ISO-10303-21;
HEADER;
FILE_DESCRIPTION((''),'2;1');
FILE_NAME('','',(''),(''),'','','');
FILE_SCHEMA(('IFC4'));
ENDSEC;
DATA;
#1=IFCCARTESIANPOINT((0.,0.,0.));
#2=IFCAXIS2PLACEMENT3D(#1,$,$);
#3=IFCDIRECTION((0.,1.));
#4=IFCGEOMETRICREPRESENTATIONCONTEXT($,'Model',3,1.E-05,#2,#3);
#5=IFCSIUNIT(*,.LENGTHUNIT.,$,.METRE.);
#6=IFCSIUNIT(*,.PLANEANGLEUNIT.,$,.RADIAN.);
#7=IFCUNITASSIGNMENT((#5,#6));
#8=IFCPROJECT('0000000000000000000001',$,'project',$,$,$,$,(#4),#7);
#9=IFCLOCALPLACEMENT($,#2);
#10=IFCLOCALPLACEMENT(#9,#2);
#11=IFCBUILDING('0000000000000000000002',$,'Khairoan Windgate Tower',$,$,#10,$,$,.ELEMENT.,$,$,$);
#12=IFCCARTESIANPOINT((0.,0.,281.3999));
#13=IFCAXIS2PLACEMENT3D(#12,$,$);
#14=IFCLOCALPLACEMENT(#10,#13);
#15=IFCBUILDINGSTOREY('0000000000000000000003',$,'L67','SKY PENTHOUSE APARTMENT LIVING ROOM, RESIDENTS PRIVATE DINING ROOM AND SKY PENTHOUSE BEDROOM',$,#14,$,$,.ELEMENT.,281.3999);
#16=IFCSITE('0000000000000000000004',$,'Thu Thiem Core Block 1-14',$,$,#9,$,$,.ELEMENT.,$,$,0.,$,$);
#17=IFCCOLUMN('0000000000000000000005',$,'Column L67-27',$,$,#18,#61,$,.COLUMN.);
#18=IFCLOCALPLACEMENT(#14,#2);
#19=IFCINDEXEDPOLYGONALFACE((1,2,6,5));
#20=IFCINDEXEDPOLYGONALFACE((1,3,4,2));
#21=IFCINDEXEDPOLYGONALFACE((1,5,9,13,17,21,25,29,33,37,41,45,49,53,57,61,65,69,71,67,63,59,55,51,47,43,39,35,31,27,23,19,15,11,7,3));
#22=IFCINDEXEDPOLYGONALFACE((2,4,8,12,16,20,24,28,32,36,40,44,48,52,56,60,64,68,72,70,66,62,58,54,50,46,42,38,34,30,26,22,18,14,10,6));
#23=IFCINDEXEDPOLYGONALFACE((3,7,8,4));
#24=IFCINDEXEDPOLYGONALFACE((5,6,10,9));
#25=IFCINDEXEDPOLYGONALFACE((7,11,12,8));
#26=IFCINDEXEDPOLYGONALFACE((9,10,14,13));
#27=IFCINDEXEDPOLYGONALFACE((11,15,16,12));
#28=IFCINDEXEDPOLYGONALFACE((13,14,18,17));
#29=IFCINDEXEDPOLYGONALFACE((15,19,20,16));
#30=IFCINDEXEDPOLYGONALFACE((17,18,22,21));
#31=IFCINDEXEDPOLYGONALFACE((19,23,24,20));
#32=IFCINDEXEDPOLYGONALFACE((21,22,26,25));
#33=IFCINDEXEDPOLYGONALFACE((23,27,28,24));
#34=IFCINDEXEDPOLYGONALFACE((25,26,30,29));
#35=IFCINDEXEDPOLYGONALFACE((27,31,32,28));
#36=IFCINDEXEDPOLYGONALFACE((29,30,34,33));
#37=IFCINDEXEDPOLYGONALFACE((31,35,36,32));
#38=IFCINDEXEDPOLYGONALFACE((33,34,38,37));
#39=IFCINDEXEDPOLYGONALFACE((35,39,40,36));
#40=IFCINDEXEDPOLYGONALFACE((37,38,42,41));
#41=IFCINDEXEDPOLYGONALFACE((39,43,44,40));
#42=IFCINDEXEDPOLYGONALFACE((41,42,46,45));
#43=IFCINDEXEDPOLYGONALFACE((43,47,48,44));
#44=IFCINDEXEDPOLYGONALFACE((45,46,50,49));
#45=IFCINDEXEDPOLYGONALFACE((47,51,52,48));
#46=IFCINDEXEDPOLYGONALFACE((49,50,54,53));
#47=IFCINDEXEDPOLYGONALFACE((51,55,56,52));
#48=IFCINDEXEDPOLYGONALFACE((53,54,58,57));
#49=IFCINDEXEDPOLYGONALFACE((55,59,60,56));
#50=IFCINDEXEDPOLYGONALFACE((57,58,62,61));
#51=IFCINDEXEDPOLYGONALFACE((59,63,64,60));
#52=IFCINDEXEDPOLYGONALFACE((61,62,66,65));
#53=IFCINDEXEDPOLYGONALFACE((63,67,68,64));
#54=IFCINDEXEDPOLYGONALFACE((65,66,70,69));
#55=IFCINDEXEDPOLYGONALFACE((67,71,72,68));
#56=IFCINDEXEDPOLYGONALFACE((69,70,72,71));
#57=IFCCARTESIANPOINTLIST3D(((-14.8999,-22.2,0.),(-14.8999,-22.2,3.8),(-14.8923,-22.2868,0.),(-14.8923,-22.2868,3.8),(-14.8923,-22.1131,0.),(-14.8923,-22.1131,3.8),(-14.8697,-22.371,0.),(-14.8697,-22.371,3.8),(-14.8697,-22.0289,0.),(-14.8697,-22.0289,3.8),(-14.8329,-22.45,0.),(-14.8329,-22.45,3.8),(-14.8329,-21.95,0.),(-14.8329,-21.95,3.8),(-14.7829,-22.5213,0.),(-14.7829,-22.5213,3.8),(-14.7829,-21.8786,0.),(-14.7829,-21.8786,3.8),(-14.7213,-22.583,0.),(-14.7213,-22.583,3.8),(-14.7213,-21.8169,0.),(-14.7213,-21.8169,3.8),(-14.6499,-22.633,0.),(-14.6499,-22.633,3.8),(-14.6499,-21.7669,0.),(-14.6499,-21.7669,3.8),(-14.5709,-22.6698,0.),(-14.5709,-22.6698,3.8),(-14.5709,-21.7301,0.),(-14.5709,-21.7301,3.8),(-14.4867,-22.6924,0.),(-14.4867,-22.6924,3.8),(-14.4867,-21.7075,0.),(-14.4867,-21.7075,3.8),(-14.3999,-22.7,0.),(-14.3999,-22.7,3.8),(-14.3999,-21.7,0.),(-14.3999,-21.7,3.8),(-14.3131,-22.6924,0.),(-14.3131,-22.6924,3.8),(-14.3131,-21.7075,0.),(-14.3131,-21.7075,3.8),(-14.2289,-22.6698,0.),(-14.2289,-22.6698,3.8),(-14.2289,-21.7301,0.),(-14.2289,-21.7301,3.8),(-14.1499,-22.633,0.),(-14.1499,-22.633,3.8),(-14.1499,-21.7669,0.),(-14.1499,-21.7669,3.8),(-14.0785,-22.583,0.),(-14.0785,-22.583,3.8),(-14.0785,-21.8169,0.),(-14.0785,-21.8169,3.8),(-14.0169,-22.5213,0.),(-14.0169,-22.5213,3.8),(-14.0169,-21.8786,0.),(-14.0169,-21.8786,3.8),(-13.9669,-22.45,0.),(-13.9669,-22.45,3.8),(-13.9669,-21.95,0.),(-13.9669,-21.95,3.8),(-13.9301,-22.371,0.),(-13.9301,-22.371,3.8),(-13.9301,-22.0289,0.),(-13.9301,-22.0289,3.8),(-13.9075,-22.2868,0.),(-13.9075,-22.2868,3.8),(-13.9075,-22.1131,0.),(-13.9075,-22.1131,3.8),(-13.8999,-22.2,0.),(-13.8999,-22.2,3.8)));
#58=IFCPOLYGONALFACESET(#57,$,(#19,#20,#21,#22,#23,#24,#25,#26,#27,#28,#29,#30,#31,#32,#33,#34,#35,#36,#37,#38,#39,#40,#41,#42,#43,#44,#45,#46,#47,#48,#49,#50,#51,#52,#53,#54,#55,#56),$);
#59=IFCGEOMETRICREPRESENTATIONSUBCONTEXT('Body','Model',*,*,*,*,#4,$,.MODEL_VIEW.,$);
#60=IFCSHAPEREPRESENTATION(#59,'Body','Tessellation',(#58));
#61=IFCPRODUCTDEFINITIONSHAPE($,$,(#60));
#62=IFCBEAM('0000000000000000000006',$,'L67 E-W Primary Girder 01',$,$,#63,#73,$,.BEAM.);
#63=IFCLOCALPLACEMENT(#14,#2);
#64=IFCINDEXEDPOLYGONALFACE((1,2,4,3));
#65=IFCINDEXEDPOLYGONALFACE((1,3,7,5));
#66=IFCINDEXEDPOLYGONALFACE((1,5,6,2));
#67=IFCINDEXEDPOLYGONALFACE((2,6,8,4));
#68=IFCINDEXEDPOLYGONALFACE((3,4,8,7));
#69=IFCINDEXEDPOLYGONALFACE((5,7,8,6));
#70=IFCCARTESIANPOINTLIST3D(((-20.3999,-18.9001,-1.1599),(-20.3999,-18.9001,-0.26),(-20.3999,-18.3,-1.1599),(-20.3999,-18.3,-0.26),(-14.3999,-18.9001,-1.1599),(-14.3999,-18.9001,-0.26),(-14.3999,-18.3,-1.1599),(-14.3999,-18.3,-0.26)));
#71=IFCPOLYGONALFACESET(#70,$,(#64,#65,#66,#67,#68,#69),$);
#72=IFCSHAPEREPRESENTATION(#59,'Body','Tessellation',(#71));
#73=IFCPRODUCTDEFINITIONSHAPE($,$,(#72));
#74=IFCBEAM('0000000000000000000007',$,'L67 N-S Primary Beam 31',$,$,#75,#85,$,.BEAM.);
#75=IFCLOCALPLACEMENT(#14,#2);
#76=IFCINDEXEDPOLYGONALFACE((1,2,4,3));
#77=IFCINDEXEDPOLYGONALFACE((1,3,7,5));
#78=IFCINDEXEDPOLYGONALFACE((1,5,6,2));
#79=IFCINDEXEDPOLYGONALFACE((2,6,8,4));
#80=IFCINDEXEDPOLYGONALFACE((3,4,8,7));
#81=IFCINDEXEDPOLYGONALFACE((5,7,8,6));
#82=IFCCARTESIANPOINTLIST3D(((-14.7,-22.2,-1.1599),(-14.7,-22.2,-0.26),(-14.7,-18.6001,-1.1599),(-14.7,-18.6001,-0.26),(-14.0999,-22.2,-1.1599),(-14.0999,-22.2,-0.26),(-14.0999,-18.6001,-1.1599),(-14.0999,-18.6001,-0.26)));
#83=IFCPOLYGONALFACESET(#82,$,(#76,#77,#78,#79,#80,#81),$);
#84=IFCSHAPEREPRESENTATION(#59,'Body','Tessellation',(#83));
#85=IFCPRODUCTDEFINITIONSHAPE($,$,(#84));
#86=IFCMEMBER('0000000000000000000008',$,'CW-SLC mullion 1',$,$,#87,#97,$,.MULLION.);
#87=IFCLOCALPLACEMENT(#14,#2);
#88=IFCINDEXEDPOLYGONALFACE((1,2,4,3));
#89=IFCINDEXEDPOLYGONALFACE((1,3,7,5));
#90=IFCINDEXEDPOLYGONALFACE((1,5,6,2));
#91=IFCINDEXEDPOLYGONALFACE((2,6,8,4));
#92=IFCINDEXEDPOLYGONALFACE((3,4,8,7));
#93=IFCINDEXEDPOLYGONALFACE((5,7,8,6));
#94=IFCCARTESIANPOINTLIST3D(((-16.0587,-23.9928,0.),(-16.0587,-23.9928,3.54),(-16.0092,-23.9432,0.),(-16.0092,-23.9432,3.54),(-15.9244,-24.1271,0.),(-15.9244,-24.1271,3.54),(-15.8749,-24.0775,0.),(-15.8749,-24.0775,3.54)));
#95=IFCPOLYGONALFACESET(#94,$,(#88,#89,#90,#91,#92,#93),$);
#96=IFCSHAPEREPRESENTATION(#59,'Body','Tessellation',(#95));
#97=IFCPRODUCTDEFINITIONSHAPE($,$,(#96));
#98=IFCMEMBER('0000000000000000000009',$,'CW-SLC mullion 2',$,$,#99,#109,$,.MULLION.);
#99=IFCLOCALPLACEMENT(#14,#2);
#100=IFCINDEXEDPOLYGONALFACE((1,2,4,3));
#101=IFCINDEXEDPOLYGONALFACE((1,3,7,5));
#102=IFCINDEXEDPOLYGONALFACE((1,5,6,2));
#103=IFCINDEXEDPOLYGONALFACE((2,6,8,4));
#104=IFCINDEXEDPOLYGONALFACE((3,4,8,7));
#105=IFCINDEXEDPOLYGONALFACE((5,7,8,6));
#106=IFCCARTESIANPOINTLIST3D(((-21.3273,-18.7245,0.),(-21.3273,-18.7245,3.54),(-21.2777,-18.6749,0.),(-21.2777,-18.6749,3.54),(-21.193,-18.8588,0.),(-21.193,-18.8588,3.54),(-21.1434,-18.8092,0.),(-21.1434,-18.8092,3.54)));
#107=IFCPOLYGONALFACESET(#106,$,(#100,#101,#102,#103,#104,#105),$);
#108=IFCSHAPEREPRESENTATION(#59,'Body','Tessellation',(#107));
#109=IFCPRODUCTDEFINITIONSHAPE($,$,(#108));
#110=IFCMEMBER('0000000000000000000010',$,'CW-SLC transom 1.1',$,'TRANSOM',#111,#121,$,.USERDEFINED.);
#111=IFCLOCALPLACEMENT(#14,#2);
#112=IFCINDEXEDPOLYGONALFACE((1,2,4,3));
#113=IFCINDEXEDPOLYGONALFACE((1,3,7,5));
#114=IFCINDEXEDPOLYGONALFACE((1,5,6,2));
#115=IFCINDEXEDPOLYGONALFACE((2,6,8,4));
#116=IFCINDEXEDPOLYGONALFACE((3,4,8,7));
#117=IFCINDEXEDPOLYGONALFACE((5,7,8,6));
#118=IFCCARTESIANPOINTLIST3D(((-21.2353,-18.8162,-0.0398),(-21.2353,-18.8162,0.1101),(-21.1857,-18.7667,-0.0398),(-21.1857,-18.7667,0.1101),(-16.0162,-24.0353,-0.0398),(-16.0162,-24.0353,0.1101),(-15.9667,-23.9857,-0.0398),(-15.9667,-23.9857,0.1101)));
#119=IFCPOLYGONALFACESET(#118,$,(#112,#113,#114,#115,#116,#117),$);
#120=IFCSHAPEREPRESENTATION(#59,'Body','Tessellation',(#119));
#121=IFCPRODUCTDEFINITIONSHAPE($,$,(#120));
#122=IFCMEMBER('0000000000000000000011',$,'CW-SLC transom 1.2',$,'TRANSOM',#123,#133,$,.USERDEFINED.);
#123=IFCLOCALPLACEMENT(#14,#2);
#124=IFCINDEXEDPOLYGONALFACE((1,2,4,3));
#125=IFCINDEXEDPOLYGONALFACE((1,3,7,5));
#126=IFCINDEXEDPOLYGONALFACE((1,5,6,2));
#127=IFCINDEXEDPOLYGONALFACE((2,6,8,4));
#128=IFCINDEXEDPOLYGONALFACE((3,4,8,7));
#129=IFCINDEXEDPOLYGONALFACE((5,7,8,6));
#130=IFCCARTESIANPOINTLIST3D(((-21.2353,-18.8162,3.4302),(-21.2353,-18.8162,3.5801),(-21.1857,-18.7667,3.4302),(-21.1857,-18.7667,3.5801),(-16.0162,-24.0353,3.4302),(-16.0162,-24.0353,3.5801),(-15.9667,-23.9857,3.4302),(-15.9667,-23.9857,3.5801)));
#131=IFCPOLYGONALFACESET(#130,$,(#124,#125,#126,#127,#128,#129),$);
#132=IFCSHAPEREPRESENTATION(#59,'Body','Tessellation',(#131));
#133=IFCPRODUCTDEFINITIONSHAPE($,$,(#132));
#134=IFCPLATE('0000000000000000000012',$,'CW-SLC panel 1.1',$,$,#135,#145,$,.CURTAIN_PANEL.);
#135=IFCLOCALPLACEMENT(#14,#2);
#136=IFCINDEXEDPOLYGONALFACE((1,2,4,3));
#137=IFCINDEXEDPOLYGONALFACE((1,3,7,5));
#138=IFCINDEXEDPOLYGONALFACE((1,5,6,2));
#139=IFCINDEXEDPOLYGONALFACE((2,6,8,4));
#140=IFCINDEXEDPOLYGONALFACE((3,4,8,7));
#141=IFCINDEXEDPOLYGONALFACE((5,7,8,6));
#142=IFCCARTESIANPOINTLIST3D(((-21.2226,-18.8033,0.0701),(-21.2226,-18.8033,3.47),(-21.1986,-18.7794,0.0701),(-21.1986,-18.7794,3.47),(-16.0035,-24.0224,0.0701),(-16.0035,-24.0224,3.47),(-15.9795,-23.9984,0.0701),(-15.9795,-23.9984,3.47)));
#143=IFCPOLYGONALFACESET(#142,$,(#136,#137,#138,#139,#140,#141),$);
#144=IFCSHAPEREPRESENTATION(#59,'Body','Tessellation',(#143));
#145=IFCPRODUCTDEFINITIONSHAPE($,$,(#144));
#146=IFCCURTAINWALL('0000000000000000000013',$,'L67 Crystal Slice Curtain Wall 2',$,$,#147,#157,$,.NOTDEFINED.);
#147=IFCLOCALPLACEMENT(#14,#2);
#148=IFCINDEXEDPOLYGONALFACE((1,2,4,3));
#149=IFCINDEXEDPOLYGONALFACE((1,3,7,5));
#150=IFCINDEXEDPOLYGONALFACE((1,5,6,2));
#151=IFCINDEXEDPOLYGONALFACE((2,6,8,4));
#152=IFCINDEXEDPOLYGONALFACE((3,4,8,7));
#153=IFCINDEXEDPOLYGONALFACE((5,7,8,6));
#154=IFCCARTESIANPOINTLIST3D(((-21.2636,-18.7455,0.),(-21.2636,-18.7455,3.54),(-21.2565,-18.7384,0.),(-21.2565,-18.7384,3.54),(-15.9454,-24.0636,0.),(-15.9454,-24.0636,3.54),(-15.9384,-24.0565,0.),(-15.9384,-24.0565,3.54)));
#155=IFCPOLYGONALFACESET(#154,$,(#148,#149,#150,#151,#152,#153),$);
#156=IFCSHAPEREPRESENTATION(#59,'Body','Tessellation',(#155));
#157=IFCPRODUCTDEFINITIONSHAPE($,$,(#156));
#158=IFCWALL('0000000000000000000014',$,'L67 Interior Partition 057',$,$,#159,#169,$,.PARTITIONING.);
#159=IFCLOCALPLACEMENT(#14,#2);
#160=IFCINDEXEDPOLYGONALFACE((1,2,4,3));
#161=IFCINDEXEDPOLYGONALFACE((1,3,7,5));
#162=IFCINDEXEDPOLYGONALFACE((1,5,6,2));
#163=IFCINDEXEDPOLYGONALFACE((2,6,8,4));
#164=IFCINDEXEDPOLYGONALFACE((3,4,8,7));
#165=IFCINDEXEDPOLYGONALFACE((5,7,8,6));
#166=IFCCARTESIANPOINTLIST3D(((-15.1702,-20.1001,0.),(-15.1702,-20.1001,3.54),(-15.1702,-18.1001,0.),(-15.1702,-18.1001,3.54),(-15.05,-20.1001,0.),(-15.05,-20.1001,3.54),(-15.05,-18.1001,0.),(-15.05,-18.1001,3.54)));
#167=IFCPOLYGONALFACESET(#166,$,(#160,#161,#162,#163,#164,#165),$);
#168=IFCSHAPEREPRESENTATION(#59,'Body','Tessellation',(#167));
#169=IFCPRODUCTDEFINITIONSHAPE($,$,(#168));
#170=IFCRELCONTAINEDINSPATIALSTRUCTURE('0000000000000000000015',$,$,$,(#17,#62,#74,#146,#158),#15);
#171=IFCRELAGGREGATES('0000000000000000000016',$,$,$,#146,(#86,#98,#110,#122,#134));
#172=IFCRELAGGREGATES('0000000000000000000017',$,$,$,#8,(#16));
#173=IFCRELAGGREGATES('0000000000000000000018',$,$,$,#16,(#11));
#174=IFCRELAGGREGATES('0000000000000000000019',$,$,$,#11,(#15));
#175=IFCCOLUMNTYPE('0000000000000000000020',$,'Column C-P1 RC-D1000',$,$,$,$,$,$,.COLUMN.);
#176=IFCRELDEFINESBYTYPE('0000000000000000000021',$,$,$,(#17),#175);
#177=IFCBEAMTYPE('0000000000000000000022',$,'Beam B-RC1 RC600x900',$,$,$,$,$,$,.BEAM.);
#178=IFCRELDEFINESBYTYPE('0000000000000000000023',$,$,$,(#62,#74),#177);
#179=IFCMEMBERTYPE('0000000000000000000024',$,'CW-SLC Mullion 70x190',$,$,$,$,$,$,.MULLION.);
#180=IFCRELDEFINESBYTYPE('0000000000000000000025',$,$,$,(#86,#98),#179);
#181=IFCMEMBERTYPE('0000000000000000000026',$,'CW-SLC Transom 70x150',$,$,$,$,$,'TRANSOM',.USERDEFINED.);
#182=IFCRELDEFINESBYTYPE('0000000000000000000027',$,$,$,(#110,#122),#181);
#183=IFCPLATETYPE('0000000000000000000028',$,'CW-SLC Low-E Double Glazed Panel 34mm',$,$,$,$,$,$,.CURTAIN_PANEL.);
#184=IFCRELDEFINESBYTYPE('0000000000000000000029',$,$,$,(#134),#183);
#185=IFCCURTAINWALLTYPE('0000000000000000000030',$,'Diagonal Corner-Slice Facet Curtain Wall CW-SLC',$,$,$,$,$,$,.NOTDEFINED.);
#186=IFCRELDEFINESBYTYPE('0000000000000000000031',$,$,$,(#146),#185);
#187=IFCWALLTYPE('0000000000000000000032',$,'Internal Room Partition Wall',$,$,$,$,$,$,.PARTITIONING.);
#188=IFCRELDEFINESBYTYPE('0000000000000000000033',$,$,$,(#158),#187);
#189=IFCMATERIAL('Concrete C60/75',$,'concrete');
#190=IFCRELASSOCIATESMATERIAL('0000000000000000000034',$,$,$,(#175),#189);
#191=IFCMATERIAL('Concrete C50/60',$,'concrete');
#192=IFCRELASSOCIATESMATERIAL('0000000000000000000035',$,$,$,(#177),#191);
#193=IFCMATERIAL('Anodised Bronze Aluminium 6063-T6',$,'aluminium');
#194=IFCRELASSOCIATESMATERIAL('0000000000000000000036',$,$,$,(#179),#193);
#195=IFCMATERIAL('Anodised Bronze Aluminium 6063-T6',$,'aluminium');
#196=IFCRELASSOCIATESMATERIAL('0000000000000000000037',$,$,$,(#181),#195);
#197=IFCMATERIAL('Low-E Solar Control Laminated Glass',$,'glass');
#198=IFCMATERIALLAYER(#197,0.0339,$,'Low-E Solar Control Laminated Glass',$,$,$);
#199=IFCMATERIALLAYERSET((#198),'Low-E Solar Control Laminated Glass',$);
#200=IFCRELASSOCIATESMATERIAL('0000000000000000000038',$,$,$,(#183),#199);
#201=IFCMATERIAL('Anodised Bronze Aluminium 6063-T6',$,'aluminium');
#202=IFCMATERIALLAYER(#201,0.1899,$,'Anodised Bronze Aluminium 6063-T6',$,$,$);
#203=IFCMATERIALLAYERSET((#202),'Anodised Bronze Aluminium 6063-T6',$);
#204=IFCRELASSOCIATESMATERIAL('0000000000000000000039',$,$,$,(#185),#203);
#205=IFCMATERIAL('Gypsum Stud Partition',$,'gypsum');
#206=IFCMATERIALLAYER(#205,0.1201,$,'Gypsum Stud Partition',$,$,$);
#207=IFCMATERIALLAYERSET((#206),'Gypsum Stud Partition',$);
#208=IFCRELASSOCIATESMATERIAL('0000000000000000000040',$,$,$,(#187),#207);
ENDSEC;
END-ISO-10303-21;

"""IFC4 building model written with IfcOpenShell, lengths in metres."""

from ifc_helpers import new_model, si_unit, direction, frame, frame_2d, origin, origin_2d, place, context, subcontext, project, spatial, rectangle, circle, extrude, material, layer, layer_set, material_profile, profile_set, type_object, element, aggregate, save


model = new_model("IFC4")

# Units and contexts
model_context = context("Model", 3, precision=1e-05, world=origin(), true_north=direction((0.0, 1.0)))
body_context = subcontext(model_context, "Body", "Model", "MODEL_VIEW")
ifc_project = project(units=[si_unit("LENGTHUNIT", "METRE"), si_unit("PLANEANGLEUNIT", "RADIAN")], contexts=[model_context])

# Site, building, storey
site_placement = place(None, origin())
site = spatial("IfcSite", under=ifc_project, at=site_placement, Name="Thu Thiem Core Block 1-14", CompositionType="ELEMENT", RefElevation=0.0)
building_placement = place(site_placement, origin())
building = spatial("IfcBuilding", under=site, at=building_placement, Name="Khairoan Windgate Tower", CompositionType="ELEMENT")
storey_placement = place(building_placement, frame((0.0, 0.0, 281.3999)))
storey = spatial("IfcBuildingStorey", under=building, at=storey_placement, Name="L67", Description="SKY PENTHOUSE APARTMENT LIVING ROOM, RESIDENTS PRIVATE DINING ROOM AND SKY PENTHOUSE BEDROOM", CompositionType="ELEMENT", Elevation=281.3999)

# Column
ifc_material_1 = material(Name="Concrete C60/75", Category="concrete")
ifc_material_profile_1 = material_profile(ifc_material_1, circle(Radius=0.5, at=origin_2d()))
ifc_profile_set_1 = profile_set([ifc_material_profile_1], Name="Concrete C60/75")
column_type = type_object("IfcColumnType", Name="Column C-P1 RC-D1000", PredefinedType="COLUMN", material=ifc_profile_set_1)
column_placement = place(storey_placement, frame((-14.3999, -22.2, 0.0), z_axis=(0.0, 0.0, 1.0), x_axis=(1.0, 0.0, 0.0)))
element("IfcColumn", 1, at=column_placement, inside=storey, type_object=column_type, Name="Column L67-27", PredefinedType="COLUMN", context=body_context, shape_type="SweptSolid", body=[
    extrude(circle(Radius=0.5, at=origin_2d()), origin(), (0.0, 0.0, 1.0), 3.8),
])

# Beams
ifc_material_2 = material(Name="Concrete C50/60", Category="concrete")
ifc_material_profile_2 = material_profile(ifc_material_2, rectangle(XDim=0.6001, YDim=0.8999, at=origin_2d()))
ifc_profile_set_2 = profile_set([ifc_material_profile_2], Name="Concrete C50/60")
beam_type = type_object("IfcBeamType", Name="Beam B-RC1 RC600x900", PredefinedType="BEAM", material=ifc_profile_set_2)
beam_1_placement = place(storey_placement, frame((-20.3999, -18.6001, -0.71), z_axis=(1.0, 0.0, 0.0), x_axis=(0.0, 1.0, 0.0)))
element("IfcBeam", 2, at=beam_1_placement, inside=storey, type_object=beam_type, Name="L67 E-W Primary Girder 01", PredefinedType="BEAM", context=body_context, shape_type="SweptSolid", body=[
    extrude(rectangle(XDim=0.6001, YDim=0.8999, at=origin_2d()), origin(), (0.0, 0.0, 1.0), 6.0),
])
beam_2_placement = place(storey_placement, frame((-14.3999, -22.2, -0.71), z_axis=(0.0, 1.0, 0.0), x_axis=(-1.0, 0.0, 0.0)))
element("IfcBeam", 3, at=beam_2_placement, inside=storey, type_object=beam_type, Name="L67 N-S Primary Beam 31", PredefinedType="BEAM", context=body_context, shape_type="SweptSolid", body=[
    extrude(rectangle(XDim=0.6001, YDim=0.8999, at=origin_2d()), origin(), (0.0, 0.0, 1.0), 3.5999),
])

# Members
ifc_material_3 = material(Name="Anodised Bronze Aluminium 6063-T6", Category="aluminium")
ifc_material_profile_3 = material_profile(ifc_material_3, rectangle(XDim=0.0701, YDim=0.1899, at=origin_2d()))
ifc_profile_set_3 = profile_set([ifc_material_profile_3], Name="Anodised Bronze Aluminium 6063-T6")
member_type_1 = type_object("IfcMemberType", Name="CW-SLC Mullion 70x190", PredefinedType="MULLION", material=ifc_profile_set_3)
member_1_placement = place(storey_placement, frame((-15.9668, -24.0352, 0.0), z_axis=(0.0, 0.0, 1.0), x_axis=(-0.707107, -0.707107, 0.0)))
member_1 = element("IfcMember", 4, at=member_1_placement, type_object=member_type_1, Name="CW-SLC mullion 1", PredefinedType="MULLION", context=body_context, shape_type="SweptSolid", body=[
    extrude(rectangle(XDim=0.0701, YDim=0.1899, at=origin_2d()), origin(), (0.0, 0.0, 1.0), 3.54),
])
member_2_placement = place(storey_placement, frame((-21.2354, -18.7668, 0.0), z_axis=(0.0, 0.0, 1.0), x_axis=(-0.707107, -0.707107, 0.0)))
member_2 = element("IfcMember", 5, at=member_2_placement, type_object=member_type_1, Name="CW-SLC mullion 2", PredefinedType="MULLION", context=body_context, shape_type="SweptSolid", body=[
    extrude(rectangle(XDim=0.0701, YDim=0.1899, at=origin_2d()), origin(), (0.0, 0.0, 1.0), 3.54),
])
ifc_material_4 = material(Name="Anodised Bronze Aluminium 6063-T6", Category="aluminium")
ifc_material_profile_4 = material_profile(ifc_material_4, rectangle(XDim=0.0701, YDim=0.1499, at=origin_2d()))
ifc_profile_set_4 = profile_set([ifc_material_profile_4], Name="Anodised Bronze Aluminium 6063-T6")
member_type_2 = type_object("IfcMemberType", Name="CW-SLC Transom 70x150", ElementType="TRANSOM", PredefinedType="USERDEFINED", material=ifc_profile_set_4)
member_3_placement = place(storey_placement, frame((-15.9915, -24.0105, 0.0352), z_axis=(-0.707107, 0.707107, 0.0), x_axis=(-0.707107, -0.707107, 0.0)))
member_3 = element("IfcMember", 6, at=member_3_placement, type_object=member_type_2, Name="CW-SLC transom 1.1", ObjectType="TRANSOM", PredefinedType="USERDEFINED", context=body_context, shape_type="SweptSolid", body=[
    extrude(rectangle(XDim=0.0701, YDim=0.1499, at=origin_2d()), origin(), (0.0, 0.0, 1.0), 7.3809),
])
member_4_placement = place(storey_placement, frame((-15.9915, -24.0105, 3.5051), z_axis=(-0.707107, 0.707107, 0.0), x_axis=(-0.707107, -0.707107, 0.0)))
member_4 = element("IfcMember", 7, at=member_4_placement, type_object=member_type_2, Name="CW-SLC transom 1.2", ObjectType="TRANSOM", PredefinedType="USERDEFINED", context=body_context, shape_type="SweptSolid", body=[
    extrude(rectangle(XDim=0.0701, YDim=0.1499, at=origin_2d()), origin(), (0.0, 0.0, 1.0), 7.3809),
])

# Plate
ifc_material_5 = material(Name="Low-E Solar Control Laminated Glass", Category="glass")
ifc_layer_1 = layer(ifc_material_5, 0.0339, Name="Low-E Solar Control Laminated Glass")
ifc_layer_set_1 = layer_set([ifc_layer_1], Name="Low-E Solar Control Laminated Glass")
plate_type_1 = type_object("IfcPlateType", Name="CW-SLC Low-E Double Glazed Panel 34mm", PredefinedType="CURTAIN_PANEL", material=ifc_layer_set_1)
plate_1_placement = place(storey_placement, frame((-18.6011, -21.4009, 0.0701), z_axis=(0.0, 0.0, 1.0), x_axis=(-0.707107, 0.707107, 0.0)))
plate_1 = element("IfcPlate", 8, at=plate_1_placement, type_object=plate_type_1, Name="CW-SLC panel 1.1", PredefinedType="CURTAIN_PANEL", context=body_context, shape_type="SweptSolid", body=[
    extrude(rectangle(XDim=7.3809, YDim=0.0339, at=origin_2d()), origin(), (0.0, 0.0, 1.0), 3.3999),
])

# Curtain wall
ifc_material_6 = material(Name="Anodised Bronze Aluminium 6063-T6", Category="aluminium")
ifc_layer_2 = layer(ifc_material_6, 0.1899, Name="Anodised Bronze Aluminium 6063-T6")
ifc_layer_set_2 = layer_set([ifc_layer_2], Name="Anodised Bronze Aluminium 6063-T6")
curtain_wall_type_1 = type_object("IfcCurtainWallType", Name="Diagonal Corner-Slice Facet Curtain Wall CW-SLC", PredefinedType="NOTDEFINED", material=ifc_layer_set_2)
curtain_wall_1_placement = place(storey_placement, frame((-15.9419, -24.0601, 0.0), z_axis=(0.0, 0.0, 1.0), x_axis=(-0.707107, 0.707107, 0.0)))
curtain_wall_1 = element("IfcCurtainWall", 9, at=curtain_wall_1_placement, inside=storey, type_object=curtain_wall_type_1, Name="L67 Crystal Slice Curtain Wall 2", PredefinedType="NOTDEFINED", context=body_context, shape_type="SweptSolid", body=[
    extrude(rectangle(XDim=7.521, YDim=0.01, at=frame_2d((3.7605, 0.0))), origin(), (0.0, 0.0, 1.0), 3.54),
])
aggregate(curtain_wall_1, [member_1, member_2, member_3, member_4, plate_1])

# Wall
ifc_material_7 = material(Name="Gypsum Stud Partition", Category="gypsum")
ifc_layer_3 = layer(ifc_material_7, 0.1201, Name="Gypsum Stud Partition")
ifc_layer_set_3 = layer_set([ifc_layer_3], Name="Gypsum Stud Partition")
wall_type = type_object("IfcWallType", Name="Internal Room Partition Wall", PredefinedType="PARTITIONING", material=ifc_layer_set_3)
wall_1_placement = place(storey_placement, frame((-15.1101, -20.1001, 0.0), z_axis=(0.0, 0.0, 1.0), x_axis=(0.0, 1.0, 0.0)))
element("IfcWall", 10, at=wall_1_placement, inside=storey, type_object=wall_type, Name="L67 Interior Partition 057", PredefinedType="PARTITIONING", context=body_context, shape_type="SweptSolid", body=[
    extrude(rectangle(XDim=2.0, YDim=0.1201, at=frame_2d((1.0, 0.0))), origin(), (0.0, 0.0, 1.0), 3.54),
])

save(model, "model.ifc")
